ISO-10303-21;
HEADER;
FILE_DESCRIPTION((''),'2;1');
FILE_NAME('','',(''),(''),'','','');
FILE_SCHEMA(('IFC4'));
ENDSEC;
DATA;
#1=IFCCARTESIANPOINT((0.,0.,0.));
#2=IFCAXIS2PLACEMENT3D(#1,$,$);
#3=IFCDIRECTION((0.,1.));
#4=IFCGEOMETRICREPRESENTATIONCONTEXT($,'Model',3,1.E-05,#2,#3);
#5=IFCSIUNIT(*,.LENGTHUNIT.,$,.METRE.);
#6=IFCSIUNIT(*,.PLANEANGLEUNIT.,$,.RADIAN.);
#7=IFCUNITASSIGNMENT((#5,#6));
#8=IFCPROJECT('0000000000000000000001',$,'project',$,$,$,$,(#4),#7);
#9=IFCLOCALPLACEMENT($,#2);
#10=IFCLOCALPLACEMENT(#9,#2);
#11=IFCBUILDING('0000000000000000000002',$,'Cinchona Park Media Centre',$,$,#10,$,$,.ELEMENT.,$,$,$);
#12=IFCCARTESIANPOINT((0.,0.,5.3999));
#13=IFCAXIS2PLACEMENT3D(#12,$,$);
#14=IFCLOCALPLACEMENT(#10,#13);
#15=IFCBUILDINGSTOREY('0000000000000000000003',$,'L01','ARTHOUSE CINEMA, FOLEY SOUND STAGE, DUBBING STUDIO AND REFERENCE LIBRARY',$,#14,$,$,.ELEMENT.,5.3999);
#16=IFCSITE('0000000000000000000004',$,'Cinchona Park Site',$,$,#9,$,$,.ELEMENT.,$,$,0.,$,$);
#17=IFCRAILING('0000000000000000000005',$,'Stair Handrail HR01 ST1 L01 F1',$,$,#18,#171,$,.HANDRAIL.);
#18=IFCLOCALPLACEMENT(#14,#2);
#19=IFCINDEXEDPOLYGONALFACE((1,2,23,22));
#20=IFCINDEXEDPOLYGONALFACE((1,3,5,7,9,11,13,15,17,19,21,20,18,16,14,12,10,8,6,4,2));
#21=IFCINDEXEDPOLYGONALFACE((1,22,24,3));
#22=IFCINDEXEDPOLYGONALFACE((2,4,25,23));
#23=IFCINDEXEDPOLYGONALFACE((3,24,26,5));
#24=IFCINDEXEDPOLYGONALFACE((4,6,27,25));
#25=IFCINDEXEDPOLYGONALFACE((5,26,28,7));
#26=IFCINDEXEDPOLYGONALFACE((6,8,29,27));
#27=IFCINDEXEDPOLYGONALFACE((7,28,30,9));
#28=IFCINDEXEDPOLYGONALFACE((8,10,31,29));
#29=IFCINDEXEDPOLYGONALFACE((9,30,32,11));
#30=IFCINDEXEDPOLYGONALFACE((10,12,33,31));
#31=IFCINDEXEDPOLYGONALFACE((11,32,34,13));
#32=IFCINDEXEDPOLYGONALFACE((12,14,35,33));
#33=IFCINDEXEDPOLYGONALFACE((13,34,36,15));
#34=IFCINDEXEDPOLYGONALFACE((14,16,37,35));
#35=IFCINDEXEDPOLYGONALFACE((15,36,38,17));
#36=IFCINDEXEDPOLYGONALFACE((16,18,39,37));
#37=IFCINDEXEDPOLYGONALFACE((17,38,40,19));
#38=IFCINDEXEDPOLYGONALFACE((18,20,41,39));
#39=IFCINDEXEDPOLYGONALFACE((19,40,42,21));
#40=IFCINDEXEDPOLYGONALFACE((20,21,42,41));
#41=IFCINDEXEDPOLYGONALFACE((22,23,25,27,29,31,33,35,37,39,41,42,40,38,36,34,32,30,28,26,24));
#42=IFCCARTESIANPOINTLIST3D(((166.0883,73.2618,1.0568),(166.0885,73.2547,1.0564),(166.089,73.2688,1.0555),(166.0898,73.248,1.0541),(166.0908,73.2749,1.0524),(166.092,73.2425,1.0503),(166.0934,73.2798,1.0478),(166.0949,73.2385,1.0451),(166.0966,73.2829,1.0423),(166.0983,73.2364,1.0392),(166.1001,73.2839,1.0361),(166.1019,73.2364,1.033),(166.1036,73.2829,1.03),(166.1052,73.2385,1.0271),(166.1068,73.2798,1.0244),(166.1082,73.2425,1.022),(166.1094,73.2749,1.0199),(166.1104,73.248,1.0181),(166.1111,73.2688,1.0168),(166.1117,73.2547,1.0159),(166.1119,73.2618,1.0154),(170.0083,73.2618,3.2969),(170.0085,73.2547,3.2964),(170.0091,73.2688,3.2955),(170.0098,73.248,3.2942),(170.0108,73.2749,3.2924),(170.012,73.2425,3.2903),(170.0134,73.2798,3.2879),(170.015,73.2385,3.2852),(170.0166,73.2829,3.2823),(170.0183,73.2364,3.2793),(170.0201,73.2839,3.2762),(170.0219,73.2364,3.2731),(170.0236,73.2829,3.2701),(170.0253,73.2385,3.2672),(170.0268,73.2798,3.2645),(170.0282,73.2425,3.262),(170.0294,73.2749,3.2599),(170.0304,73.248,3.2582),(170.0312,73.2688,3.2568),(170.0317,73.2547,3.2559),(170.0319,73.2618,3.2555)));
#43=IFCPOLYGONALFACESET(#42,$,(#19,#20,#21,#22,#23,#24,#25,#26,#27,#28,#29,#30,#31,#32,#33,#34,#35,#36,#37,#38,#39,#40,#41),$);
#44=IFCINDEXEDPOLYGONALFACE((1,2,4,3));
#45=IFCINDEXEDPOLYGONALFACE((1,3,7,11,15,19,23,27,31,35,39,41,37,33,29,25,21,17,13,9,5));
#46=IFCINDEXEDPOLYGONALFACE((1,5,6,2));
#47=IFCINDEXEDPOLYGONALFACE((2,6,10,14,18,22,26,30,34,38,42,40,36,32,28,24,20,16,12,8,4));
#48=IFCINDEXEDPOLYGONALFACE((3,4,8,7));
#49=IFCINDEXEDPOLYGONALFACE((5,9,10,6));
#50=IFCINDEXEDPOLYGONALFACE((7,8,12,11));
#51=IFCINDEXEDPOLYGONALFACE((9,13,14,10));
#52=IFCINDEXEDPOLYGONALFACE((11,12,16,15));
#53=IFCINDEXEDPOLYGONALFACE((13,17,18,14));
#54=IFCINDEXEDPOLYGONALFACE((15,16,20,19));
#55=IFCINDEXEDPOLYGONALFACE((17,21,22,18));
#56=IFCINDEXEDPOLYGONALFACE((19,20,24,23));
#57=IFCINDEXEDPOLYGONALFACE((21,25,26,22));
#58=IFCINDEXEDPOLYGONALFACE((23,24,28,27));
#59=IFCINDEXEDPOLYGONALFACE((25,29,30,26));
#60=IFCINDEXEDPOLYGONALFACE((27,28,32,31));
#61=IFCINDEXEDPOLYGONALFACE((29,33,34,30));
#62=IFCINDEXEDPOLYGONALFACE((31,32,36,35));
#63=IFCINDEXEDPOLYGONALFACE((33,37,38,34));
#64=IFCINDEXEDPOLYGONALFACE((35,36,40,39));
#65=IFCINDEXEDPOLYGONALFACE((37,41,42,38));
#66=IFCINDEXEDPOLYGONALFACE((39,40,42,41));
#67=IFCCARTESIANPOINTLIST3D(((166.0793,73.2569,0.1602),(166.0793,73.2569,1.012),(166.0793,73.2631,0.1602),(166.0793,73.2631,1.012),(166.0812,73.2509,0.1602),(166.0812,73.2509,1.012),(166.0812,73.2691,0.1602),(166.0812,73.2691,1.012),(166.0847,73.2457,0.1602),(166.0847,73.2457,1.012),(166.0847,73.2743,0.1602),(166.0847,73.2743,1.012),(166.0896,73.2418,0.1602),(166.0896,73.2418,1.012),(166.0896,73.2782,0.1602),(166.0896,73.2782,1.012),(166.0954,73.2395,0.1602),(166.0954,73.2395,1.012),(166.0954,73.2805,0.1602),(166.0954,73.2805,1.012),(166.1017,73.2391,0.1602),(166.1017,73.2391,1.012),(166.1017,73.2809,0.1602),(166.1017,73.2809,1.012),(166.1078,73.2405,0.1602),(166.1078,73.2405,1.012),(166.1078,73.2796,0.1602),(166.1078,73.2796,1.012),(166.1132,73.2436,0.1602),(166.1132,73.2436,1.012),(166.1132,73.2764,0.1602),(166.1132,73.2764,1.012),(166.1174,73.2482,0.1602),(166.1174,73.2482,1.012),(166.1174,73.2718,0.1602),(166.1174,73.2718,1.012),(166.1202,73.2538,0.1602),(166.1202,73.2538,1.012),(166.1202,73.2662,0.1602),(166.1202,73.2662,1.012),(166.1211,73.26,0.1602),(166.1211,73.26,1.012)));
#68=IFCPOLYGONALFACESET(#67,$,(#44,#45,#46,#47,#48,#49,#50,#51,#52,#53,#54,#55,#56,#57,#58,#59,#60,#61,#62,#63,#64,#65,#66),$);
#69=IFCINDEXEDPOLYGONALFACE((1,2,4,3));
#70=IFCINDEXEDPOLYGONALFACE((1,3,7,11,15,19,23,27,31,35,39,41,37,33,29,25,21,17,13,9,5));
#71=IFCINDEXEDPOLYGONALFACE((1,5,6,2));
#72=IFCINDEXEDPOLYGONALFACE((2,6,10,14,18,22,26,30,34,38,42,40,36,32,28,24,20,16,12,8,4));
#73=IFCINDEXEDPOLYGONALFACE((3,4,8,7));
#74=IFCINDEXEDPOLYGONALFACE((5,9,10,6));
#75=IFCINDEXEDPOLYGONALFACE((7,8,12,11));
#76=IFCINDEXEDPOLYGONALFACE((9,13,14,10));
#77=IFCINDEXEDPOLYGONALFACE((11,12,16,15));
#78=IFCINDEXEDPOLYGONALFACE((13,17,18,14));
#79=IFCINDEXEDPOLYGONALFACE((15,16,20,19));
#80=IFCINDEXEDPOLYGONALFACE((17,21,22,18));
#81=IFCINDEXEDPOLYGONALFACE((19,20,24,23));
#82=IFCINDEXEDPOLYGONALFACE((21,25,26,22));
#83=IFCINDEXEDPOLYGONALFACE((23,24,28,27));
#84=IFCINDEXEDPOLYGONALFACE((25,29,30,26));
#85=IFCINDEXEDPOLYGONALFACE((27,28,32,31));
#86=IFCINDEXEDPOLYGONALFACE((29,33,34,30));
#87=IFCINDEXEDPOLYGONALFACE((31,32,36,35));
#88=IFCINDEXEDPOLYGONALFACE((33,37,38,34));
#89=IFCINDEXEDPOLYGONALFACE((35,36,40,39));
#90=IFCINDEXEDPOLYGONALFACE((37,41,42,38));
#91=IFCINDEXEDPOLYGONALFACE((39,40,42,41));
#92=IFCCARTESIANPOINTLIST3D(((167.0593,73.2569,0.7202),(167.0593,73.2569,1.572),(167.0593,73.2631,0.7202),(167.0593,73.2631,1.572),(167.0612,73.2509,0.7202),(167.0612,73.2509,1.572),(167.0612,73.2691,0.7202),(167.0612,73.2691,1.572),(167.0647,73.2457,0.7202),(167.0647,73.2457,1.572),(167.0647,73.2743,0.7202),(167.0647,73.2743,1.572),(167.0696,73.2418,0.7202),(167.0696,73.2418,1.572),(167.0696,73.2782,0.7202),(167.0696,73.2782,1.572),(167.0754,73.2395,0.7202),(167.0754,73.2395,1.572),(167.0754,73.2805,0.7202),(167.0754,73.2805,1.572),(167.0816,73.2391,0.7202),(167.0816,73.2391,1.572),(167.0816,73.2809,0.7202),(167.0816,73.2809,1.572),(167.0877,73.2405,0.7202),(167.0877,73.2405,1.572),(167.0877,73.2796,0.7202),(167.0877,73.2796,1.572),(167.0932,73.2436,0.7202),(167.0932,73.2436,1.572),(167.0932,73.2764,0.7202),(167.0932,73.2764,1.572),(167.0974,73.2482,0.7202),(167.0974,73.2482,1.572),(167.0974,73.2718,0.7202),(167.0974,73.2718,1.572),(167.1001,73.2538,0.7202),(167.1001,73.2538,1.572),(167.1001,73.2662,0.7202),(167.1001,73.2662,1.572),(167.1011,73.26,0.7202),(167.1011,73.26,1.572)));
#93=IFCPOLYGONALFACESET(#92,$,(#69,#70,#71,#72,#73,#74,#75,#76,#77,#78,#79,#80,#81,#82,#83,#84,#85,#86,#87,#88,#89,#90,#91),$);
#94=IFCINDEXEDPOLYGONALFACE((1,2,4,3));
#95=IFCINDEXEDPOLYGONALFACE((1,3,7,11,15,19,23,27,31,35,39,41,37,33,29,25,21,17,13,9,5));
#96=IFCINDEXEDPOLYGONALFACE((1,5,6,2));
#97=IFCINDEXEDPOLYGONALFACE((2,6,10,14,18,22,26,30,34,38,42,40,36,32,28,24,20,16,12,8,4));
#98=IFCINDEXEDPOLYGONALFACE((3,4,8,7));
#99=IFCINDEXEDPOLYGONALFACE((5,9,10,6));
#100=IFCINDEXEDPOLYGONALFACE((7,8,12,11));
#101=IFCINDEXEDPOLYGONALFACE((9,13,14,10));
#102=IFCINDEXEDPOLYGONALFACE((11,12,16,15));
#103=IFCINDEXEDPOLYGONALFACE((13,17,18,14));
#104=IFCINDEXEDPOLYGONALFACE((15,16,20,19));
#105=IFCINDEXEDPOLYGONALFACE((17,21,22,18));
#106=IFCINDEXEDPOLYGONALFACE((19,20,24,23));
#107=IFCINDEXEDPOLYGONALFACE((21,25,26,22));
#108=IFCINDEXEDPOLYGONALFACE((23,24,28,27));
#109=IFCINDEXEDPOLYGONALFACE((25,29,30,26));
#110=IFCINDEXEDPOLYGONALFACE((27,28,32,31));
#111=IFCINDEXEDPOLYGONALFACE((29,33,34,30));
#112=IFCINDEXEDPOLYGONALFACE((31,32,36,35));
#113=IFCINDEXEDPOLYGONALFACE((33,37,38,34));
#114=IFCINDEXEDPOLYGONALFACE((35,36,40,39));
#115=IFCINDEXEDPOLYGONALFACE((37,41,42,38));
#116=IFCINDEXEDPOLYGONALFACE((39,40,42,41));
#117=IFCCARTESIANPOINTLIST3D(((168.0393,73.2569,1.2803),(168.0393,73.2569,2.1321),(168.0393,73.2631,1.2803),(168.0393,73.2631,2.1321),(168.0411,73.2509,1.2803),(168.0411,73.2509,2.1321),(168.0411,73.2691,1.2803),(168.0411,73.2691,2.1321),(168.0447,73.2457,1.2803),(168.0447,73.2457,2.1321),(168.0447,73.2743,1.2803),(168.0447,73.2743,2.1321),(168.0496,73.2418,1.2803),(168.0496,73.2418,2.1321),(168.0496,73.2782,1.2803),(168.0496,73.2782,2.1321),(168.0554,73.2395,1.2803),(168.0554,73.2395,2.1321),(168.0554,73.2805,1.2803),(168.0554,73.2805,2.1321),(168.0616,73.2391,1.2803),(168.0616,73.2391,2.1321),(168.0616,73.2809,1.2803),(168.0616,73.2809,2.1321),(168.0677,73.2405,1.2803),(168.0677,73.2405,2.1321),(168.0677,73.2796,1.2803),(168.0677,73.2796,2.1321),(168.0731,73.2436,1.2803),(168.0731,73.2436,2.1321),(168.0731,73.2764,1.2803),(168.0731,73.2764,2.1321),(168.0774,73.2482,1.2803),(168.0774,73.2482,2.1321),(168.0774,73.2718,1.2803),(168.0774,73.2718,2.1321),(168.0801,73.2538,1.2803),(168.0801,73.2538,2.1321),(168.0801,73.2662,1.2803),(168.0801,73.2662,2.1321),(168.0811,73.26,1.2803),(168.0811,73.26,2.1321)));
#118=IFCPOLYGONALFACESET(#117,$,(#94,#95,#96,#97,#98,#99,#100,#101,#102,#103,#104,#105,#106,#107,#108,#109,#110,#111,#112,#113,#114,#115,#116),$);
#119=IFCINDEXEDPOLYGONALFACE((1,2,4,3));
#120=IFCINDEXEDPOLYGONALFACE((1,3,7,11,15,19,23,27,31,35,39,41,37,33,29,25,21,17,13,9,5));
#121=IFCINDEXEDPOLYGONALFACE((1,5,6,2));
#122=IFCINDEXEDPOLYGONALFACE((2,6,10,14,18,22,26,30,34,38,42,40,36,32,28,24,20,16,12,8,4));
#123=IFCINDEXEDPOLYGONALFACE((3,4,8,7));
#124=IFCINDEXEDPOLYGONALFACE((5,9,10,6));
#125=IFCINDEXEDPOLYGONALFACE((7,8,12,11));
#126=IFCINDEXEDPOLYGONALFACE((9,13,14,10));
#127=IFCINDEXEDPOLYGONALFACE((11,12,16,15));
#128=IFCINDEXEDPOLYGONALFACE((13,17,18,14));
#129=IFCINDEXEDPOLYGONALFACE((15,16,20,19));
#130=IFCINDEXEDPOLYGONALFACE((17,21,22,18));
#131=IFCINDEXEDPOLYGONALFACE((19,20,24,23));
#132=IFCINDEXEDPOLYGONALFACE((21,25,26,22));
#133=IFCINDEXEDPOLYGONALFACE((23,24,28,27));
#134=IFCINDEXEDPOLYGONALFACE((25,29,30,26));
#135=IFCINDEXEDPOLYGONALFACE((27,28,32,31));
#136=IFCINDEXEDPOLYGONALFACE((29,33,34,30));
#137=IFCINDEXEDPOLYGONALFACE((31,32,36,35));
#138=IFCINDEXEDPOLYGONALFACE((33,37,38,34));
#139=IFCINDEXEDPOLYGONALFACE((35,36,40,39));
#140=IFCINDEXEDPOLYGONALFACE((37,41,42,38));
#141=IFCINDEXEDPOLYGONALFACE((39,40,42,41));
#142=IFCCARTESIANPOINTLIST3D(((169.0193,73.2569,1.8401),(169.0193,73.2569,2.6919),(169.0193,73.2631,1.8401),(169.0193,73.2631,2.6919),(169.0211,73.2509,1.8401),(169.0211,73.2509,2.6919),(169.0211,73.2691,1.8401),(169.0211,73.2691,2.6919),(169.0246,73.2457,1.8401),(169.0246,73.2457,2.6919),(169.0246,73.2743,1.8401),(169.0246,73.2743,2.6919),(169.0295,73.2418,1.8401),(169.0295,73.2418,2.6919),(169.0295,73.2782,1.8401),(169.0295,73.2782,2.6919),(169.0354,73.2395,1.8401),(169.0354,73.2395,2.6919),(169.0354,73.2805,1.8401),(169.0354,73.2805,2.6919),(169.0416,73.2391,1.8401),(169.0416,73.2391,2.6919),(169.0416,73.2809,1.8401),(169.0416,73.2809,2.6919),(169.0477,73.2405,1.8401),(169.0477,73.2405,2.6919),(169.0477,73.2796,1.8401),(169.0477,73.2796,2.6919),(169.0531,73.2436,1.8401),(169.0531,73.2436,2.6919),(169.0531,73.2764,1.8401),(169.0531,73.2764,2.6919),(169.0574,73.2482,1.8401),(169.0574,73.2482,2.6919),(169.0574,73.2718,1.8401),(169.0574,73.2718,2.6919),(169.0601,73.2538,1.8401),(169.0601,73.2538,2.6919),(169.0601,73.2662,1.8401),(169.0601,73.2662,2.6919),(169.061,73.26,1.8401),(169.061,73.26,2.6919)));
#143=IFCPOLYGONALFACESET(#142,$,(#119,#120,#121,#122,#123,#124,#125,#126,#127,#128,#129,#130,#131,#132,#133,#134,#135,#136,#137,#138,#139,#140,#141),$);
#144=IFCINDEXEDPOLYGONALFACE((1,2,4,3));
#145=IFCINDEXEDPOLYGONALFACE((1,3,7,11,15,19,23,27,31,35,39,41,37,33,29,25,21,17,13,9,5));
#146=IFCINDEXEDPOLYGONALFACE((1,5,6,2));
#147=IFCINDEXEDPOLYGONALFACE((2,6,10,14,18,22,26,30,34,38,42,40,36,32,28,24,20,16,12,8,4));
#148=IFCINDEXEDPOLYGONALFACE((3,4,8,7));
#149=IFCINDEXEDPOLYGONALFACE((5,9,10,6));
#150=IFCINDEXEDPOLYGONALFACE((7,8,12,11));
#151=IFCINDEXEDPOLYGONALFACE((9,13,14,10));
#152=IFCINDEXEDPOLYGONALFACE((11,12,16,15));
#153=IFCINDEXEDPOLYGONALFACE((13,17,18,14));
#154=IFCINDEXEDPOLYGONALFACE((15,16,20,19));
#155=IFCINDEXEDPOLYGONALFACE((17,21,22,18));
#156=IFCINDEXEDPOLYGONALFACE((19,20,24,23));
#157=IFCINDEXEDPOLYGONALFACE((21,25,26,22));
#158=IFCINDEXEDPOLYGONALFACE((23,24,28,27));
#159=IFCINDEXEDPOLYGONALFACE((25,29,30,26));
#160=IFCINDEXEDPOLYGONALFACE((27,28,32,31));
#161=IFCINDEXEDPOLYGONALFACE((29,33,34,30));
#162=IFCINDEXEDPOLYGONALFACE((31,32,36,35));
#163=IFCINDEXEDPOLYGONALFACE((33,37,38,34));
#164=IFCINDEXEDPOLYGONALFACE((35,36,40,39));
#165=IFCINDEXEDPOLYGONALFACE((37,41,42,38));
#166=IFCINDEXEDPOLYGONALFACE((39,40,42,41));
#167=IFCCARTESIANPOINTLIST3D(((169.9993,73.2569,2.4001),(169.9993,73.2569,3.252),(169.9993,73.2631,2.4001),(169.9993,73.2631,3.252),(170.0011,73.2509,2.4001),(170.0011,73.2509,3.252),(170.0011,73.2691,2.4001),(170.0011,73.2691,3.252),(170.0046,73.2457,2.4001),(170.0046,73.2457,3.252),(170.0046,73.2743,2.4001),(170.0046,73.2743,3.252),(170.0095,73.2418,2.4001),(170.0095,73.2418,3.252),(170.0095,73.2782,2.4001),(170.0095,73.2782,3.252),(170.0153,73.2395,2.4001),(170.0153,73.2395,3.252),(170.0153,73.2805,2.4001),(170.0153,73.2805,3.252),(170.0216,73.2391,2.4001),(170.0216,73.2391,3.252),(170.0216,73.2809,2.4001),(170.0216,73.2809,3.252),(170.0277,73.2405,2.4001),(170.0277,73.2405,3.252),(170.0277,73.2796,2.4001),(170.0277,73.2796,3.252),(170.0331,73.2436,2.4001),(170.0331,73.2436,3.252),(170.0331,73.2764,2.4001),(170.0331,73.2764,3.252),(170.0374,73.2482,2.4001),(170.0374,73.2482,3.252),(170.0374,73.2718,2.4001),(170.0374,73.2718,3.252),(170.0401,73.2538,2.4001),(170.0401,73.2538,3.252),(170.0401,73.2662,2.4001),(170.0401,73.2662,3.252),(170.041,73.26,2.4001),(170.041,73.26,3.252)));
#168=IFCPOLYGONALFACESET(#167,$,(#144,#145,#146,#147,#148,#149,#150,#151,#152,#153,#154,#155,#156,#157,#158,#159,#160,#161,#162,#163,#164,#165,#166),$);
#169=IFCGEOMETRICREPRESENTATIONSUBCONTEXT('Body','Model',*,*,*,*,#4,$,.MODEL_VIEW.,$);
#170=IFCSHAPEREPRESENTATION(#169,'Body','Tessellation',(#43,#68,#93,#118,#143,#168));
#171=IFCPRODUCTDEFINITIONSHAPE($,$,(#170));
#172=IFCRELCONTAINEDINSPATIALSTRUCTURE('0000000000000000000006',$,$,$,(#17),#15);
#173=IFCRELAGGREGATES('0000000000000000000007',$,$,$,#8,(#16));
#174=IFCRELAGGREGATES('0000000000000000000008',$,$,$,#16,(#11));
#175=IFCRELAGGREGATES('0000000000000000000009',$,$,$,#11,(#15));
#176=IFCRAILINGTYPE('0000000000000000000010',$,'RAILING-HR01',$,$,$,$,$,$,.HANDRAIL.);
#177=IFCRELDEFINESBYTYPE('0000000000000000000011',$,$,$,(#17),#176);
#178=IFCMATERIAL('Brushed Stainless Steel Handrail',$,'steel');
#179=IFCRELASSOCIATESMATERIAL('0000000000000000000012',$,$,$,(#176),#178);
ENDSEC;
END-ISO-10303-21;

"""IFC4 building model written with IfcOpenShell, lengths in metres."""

from ifc_helpers import new_model, si_unit, direction, frame, origin, origin_2d, place, context, subcontext, project, spatial, circle, extrude, material, type_object, element, save


model = new_model("IFC4")

# Units and contexts
model_context = context("Model", 3, precision=1e-05, world=origin(), true_north=direction((0.0, 1.0)))
body_context = subcontext(model_context, "Body", "Model", "MODEL_VIEW")
ifc_project = project(units=[si_unit("LENGTHUNIT", "METRE"), si_unit("PLANEANGLEUNIT", "RADIAN")], contexts=[model_context])

# Site, building, storey
site_placement = place(None, origin())
site = spatial("IfcSite", under=ifc_project, at=site_placement, Name="Cinchona Park Site", CompositionType="ELEMENT", RefElevation=0.0)
building_placement = place(site_placement, origin())
building = spatial("IfcBuilding", under=site, at=building_placement, Name="Cinchona Park Media Centre", CompositionType="ELEMENT")
storey_placement = place(building_placement, frame((0.0, 0.0, 5.3999)))
storey = spatial("IfcBuildingStorey", under=building, at=storey_placement, Name="L01", Description="ARTHOUSE CINEMA, FOLEY SOUND STAGE, DUBBING STUDIO AND REFERENCE LIBRARY", CompositionType="ELEMENT", Elevation=5.3999)

# Railing
ifc_material_1 = material(Name="Brushed Stainless Steel Handrail", Category="steel")
railing_type_1 = type_object("IfcRailingType", Name="RAILING-HR01", PredefinedType="HANDRAIL", material=ifc_material_1)
railing_1_placement = place(storey_placement, frame((166.1001, 73.26, 0.1602)))
element("IfcRailing", 1, at=railing_1_placement, inside=storey, type_object=railing_type_1, Name="Stair Handrail HR01 ST1 L01 F1", PredefinedType="HANDRAIL", context=body_context, shape_type="SweptSolid", body=[
    extrude(circle(Radius=0.0239, at=origin_2d()), frame((0.0, 0.0, 0.876), z_axis=(0.86824, 0.0, 0.496145), x_axis=(0.0, 1.0, 0.0)), (0.0, 0.0, 1.0), 4.5149),
    extrude(circle(Radius=0.021, at=origin_2d()), origin(), (0.0, 0.0, 1.0), 0.8518),
    extrude(circle(Radius=0.021, at=origin_2d()), frame((0.98, 0.0, 0.5601)), (0.0, 0.0, 1.0), 0.8518),
    extrude(circle(Radius=0.021, at=origin_2d()), frame((1.96, 0.0, 1.1201)), (0.0, 0.0, 1.0), 0.8518),
    extrude(circle(Radius=0.021, at=origin_2d()), frame((2.9399, 0.0, 1.6799)), (0.0, 0.0, 1.0), 0.8518),
    extrude(circle(Radius=0.021, at=origin_2d()), frame((3.9199, 0.0, 2.24)), (0.0, 0.0, 1.0), 0.8518),
])

save(model, "model.ifc")
